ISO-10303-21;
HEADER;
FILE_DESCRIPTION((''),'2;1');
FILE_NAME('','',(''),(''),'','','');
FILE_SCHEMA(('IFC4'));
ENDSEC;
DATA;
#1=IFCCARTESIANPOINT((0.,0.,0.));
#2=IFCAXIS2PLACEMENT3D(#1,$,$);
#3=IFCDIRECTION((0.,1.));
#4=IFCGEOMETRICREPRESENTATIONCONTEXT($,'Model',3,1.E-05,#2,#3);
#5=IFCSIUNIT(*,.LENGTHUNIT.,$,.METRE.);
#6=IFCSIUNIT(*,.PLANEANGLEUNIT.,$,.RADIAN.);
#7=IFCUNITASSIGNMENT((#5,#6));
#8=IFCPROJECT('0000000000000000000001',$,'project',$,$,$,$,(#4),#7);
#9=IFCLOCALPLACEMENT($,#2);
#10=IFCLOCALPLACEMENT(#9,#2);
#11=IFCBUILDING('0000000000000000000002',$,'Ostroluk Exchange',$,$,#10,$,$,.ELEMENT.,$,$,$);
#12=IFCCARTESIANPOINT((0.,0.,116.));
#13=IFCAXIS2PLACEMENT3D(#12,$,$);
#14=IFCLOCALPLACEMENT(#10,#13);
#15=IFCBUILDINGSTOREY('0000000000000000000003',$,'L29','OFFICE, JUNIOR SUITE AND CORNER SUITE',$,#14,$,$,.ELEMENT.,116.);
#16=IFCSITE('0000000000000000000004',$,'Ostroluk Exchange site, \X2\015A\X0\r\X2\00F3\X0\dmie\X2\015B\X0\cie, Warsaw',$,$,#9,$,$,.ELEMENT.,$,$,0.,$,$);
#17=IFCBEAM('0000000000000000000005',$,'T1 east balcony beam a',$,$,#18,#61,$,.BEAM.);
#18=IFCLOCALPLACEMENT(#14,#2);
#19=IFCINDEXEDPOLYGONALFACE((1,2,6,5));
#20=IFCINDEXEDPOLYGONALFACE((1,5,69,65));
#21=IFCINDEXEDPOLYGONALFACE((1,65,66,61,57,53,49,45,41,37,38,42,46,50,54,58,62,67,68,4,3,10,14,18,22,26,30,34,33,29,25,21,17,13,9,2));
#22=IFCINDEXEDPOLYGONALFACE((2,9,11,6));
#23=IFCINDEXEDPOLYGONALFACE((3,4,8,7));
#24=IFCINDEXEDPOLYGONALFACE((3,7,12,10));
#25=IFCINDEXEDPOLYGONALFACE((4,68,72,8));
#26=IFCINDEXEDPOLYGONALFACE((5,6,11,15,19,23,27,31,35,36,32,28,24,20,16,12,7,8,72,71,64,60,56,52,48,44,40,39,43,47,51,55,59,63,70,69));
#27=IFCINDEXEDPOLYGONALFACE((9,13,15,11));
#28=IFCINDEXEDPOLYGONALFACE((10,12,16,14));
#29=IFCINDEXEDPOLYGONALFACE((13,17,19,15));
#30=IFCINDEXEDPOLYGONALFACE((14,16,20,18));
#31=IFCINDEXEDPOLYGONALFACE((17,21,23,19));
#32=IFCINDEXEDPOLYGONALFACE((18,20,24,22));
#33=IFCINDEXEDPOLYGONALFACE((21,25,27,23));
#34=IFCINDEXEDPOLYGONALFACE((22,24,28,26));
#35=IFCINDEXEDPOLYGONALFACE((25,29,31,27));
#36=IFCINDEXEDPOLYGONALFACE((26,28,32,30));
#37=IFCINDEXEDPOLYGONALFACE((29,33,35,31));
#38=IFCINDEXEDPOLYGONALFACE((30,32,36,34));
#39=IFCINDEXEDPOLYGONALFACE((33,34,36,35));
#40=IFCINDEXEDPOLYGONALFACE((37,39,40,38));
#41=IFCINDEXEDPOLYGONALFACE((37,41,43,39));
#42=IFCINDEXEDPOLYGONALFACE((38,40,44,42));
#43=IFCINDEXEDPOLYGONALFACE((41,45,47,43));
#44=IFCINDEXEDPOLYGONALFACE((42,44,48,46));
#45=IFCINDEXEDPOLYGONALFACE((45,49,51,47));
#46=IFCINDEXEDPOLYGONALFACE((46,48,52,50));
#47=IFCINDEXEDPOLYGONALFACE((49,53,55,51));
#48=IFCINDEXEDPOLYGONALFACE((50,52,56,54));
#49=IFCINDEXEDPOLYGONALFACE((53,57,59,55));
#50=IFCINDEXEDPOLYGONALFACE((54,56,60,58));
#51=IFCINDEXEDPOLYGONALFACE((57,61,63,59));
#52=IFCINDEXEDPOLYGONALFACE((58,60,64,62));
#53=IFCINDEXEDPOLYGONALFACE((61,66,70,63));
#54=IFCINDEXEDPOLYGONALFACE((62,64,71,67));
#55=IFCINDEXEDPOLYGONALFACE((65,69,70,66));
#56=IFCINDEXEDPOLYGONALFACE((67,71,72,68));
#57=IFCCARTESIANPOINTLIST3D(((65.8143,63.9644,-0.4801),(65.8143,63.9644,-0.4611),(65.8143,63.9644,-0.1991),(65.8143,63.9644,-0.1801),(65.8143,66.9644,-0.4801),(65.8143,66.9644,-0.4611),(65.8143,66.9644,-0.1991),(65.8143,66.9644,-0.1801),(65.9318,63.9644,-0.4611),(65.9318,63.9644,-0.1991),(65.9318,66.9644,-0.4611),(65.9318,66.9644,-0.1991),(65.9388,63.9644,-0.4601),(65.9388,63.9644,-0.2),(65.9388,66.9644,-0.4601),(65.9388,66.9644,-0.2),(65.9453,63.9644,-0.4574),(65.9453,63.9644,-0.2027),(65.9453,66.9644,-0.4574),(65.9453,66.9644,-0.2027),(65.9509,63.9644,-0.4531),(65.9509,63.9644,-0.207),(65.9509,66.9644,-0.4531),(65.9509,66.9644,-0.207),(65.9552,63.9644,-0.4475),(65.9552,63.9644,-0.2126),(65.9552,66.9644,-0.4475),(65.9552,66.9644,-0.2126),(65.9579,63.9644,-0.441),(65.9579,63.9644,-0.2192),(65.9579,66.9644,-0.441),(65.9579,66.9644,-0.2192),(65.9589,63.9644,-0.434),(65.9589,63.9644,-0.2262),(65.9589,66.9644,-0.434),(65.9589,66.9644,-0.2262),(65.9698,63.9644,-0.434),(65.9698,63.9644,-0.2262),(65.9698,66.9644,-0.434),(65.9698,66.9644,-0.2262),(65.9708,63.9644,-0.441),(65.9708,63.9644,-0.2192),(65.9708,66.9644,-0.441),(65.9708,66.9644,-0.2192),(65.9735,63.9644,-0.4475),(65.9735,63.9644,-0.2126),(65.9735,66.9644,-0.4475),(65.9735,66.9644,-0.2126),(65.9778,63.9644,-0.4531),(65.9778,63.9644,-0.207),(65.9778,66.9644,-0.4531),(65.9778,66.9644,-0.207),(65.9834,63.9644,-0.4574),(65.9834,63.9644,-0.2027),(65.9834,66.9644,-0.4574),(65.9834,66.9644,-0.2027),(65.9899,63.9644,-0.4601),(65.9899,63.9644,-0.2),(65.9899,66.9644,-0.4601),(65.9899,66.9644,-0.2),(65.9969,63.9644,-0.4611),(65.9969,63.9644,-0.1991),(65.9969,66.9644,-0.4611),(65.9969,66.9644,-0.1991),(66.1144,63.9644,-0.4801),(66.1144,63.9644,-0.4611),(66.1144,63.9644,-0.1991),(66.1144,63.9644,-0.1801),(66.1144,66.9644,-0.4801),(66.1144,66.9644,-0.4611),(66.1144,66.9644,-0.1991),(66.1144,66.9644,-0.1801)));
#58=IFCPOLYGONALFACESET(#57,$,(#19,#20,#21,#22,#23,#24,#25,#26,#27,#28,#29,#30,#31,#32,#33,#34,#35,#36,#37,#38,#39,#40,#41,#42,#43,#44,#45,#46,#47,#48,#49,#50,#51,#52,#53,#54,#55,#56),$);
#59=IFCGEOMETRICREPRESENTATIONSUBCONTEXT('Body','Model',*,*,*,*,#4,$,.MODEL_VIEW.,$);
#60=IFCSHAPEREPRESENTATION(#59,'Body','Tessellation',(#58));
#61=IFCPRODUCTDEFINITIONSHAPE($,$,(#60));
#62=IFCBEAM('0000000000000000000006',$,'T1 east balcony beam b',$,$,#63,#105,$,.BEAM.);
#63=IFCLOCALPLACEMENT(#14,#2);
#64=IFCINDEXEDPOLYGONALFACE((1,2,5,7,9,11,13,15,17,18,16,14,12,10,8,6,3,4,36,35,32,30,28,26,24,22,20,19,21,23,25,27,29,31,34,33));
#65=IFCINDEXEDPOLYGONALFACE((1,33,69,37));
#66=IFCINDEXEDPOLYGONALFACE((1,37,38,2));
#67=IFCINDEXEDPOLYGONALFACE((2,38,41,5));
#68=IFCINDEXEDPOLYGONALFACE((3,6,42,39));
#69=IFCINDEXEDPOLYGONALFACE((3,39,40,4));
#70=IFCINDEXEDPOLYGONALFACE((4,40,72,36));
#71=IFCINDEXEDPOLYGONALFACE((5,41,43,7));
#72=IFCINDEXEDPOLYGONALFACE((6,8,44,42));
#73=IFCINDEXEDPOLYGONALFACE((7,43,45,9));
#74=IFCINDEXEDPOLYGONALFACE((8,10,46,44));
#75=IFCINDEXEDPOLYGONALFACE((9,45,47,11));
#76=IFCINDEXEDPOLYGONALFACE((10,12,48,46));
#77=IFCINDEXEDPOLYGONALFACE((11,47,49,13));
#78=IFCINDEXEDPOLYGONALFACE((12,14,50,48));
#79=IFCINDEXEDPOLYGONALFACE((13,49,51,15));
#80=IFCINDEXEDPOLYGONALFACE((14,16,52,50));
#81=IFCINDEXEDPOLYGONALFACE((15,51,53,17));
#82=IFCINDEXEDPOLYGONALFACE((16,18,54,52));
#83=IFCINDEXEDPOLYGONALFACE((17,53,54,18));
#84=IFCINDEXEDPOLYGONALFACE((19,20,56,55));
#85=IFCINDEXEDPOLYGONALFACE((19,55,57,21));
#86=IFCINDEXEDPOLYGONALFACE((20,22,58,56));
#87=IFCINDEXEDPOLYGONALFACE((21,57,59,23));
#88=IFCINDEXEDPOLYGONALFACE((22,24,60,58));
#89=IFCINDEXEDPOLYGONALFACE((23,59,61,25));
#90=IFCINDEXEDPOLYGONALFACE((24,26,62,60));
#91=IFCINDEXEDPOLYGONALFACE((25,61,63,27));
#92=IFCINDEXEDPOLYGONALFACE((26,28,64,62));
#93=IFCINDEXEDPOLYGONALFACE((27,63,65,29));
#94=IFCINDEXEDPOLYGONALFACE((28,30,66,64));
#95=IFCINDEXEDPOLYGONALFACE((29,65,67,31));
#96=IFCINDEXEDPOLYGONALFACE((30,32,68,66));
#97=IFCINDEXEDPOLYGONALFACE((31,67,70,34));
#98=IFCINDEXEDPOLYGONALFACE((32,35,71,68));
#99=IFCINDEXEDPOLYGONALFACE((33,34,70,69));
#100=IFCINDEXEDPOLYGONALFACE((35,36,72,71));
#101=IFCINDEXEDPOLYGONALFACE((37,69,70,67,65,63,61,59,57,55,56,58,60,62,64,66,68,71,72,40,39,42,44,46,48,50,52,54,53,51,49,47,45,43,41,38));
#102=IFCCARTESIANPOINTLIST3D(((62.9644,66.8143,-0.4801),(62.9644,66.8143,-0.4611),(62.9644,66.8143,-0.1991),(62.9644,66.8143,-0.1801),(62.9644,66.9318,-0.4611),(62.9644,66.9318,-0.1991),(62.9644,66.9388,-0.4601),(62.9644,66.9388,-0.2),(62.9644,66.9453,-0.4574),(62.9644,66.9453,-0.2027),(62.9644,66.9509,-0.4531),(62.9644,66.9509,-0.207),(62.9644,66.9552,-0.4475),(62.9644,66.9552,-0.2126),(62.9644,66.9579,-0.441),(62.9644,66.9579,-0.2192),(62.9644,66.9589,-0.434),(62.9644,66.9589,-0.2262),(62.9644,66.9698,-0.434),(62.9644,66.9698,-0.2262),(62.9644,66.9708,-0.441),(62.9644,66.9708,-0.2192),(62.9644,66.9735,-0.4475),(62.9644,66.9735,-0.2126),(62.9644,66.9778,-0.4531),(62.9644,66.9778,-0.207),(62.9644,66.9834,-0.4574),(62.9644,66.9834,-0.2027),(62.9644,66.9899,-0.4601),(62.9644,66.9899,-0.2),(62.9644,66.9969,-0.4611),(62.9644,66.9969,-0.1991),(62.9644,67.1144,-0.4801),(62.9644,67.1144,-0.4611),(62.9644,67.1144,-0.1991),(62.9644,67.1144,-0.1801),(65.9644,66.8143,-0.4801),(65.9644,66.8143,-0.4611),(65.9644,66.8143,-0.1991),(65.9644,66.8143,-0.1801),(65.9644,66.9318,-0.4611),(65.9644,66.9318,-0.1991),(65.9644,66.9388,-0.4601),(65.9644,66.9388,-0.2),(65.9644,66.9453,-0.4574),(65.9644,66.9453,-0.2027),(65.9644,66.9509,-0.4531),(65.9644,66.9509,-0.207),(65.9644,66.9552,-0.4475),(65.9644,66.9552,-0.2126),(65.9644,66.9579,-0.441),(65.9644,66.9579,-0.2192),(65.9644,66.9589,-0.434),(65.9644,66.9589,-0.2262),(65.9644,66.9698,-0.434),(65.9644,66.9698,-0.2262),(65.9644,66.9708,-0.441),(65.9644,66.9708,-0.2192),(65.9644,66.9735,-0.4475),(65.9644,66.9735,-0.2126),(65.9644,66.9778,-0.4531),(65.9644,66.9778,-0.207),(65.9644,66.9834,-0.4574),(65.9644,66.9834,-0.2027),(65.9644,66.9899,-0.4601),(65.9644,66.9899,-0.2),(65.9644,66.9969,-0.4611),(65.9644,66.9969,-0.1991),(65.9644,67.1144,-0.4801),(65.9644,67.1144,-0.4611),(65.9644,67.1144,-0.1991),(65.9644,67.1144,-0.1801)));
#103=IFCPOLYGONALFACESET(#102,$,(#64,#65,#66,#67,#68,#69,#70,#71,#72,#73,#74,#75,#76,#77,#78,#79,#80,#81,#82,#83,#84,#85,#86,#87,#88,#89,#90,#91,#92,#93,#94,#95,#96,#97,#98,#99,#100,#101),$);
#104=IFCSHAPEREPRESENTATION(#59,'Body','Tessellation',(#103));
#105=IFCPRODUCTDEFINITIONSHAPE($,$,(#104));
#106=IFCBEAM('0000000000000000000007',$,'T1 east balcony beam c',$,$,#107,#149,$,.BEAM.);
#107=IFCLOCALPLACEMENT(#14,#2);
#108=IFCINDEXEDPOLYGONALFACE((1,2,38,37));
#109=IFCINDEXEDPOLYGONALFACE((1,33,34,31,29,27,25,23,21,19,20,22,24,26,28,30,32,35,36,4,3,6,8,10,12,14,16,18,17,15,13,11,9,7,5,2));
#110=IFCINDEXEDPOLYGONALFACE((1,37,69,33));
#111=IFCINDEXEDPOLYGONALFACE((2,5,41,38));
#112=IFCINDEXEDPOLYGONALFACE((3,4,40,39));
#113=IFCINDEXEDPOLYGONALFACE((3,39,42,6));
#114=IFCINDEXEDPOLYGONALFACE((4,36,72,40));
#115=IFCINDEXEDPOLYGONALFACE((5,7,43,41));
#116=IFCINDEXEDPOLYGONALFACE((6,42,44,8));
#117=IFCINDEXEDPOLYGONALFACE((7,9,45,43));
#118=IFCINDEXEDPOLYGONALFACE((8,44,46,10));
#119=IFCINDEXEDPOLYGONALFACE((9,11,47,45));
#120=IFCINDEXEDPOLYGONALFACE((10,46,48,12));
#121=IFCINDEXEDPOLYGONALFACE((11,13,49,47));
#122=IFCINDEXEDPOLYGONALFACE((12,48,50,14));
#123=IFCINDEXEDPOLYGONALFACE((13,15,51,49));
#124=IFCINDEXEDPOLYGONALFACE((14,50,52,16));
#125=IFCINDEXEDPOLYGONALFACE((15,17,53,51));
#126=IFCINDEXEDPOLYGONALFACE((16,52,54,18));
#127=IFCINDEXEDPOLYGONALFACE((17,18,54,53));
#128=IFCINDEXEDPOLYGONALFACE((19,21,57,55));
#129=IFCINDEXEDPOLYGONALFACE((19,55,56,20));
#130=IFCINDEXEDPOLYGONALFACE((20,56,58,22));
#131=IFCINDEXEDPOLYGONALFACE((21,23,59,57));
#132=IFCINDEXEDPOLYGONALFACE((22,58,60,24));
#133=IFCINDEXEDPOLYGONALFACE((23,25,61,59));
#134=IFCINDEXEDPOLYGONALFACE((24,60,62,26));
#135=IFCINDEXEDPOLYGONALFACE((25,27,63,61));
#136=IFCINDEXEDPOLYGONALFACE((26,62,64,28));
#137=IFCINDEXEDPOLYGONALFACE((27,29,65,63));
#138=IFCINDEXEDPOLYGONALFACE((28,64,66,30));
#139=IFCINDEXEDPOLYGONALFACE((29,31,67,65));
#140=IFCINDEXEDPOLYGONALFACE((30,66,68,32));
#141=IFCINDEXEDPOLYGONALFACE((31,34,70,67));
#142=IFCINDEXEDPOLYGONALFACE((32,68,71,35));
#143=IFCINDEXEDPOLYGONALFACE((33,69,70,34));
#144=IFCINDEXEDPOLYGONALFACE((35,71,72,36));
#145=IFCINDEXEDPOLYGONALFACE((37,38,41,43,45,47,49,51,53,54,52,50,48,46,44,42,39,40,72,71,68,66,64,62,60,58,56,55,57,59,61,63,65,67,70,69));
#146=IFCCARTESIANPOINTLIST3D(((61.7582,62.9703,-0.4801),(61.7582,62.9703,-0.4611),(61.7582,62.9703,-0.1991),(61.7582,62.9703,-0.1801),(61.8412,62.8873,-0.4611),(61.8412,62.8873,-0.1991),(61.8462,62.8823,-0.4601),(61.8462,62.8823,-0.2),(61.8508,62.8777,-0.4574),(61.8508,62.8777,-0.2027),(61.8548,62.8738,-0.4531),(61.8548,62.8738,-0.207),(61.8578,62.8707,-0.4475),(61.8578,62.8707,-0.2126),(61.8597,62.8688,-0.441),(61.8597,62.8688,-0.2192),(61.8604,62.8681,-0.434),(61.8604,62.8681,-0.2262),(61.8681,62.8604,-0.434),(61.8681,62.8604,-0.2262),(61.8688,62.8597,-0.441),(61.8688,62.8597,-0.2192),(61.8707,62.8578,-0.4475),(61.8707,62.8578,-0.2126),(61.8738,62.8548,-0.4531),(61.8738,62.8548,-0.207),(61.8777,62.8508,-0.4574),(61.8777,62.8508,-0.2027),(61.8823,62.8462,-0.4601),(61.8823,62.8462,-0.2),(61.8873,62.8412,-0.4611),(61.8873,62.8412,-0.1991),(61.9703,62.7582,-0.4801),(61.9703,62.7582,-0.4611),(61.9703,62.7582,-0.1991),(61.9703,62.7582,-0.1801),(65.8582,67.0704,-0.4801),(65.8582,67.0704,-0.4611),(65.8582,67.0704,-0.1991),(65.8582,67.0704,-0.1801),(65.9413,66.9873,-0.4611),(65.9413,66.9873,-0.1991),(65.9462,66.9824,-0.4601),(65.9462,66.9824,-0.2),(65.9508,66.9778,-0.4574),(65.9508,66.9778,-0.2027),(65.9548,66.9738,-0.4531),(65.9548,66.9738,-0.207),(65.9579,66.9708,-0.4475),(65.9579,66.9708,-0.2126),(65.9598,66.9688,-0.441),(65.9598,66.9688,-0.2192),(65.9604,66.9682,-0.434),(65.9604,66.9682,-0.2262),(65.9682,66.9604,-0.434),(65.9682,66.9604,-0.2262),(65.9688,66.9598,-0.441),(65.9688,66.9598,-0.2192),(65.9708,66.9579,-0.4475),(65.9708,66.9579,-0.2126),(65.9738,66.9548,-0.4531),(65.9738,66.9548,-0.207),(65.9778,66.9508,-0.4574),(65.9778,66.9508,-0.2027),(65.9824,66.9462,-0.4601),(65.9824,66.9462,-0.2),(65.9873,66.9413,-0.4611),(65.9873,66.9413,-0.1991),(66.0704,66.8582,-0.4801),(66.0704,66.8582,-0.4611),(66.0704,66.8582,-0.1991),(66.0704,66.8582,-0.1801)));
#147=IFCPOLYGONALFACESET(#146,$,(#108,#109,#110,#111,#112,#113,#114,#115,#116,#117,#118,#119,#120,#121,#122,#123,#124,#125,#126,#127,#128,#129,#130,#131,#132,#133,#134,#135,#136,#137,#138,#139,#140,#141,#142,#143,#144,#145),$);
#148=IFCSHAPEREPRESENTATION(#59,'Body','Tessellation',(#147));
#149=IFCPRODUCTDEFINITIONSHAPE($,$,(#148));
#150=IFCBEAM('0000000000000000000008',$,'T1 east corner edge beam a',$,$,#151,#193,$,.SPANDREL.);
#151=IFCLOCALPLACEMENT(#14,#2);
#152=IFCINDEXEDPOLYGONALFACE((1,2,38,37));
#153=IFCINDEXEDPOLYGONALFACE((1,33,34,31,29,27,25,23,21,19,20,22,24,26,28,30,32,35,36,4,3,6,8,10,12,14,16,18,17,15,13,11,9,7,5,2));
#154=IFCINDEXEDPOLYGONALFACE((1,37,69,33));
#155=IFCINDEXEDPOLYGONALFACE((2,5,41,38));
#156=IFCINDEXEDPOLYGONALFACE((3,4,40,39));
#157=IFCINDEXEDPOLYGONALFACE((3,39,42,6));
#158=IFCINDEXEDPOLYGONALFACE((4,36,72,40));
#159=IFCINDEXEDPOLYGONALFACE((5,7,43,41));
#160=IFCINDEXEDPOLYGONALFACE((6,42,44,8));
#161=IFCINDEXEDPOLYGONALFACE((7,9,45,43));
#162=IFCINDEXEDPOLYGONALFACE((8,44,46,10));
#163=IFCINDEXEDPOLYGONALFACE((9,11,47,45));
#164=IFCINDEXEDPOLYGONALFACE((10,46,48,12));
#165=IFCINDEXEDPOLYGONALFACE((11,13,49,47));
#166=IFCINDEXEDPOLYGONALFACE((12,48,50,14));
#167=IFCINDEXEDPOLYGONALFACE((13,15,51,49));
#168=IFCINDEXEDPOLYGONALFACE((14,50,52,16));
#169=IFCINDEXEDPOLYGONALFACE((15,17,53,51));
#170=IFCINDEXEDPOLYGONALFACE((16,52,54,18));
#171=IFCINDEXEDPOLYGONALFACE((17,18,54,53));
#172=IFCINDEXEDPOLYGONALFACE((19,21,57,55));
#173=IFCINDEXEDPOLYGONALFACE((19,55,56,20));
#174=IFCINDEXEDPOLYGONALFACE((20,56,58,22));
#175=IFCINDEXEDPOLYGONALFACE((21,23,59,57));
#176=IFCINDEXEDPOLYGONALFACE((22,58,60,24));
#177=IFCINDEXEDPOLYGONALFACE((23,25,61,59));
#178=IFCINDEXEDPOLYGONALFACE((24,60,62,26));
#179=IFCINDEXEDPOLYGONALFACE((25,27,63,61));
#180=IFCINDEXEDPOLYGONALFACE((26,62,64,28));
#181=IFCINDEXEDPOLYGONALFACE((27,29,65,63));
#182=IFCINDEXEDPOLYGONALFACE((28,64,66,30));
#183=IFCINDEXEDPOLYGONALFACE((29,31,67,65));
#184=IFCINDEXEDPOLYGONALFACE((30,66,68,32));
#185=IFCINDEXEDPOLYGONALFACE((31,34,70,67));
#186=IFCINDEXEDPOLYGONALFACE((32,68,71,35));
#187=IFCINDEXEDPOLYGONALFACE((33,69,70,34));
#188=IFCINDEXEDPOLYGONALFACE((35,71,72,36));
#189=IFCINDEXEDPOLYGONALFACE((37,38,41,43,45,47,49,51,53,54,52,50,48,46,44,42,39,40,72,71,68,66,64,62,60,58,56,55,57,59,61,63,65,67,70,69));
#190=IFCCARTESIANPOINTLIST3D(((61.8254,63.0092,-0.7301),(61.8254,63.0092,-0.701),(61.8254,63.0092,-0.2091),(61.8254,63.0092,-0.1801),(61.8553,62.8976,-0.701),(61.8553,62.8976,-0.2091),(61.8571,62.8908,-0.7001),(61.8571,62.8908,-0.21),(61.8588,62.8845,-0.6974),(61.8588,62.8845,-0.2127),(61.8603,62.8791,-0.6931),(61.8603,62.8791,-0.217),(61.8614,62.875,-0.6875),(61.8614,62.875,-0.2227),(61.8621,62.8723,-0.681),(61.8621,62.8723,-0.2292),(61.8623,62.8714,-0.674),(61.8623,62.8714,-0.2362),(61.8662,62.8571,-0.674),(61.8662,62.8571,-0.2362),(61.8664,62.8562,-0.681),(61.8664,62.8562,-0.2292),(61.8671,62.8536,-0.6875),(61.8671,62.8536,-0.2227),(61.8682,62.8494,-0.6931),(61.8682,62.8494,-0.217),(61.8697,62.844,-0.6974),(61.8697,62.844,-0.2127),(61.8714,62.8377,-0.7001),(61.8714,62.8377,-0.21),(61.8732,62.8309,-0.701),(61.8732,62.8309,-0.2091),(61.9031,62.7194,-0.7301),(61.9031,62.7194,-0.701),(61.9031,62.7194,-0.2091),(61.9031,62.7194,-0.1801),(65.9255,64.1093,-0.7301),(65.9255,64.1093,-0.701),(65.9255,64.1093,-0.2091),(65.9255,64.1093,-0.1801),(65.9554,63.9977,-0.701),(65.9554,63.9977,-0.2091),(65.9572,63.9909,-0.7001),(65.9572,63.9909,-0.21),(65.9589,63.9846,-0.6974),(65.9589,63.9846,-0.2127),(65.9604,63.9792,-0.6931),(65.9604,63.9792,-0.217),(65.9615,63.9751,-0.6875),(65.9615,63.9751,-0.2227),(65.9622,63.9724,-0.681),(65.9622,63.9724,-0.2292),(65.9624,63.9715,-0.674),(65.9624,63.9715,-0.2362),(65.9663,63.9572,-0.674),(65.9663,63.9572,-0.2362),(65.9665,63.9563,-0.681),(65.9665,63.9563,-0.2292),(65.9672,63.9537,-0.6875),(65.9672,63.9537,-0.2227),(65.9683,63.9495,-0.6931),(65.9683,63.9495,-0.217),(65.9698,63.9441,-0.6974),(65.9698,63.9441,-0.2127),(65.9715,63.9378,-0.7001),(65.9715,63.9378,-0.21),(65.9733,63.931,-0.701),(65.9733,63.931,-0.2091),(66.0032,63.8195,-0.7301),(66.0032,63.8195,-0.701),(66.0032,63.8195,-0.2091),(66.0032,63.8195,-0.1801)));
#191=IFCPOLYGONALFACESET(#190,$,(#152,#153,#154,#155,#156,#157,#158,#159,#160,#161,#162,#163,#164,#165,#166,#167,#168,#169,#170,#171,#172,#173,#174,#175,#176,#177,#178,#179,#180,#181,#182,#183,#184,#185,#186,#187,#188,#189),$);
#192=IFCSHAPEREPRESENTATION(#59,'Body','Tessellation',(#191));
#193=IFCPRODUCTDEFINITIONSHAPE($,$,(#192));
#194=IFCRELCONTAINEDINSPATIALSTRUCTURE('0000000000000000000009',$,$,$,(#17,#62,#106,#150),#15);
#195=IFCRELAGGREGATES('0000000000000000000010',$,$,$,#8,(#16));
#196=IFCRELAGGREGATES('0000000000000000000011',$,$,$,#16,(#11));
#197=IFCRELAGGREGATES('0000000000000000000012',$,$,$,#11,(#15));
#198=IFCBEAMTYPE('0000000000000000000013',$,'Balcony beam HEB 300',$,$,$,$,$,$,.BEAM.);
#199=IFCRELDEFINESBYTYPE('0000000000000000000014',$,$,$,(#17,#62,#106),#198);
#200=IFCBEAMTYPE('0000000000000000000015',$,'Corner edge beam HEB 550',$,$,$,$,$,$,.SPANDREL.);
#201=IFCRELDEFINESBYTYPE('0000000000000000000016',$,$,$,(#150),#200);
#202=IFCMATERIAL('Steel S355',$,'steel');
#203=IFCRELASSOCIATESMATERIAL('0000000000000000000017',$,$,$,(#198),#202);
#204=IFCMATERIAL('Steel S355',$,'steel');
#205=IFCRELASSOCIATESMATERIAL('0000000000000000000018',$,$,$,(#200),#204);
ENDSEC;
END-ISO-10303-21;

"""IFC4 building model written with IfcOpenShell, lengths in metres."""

from ifc_helpers import new_model, si_unit, direction, frame, origin, origin_2d, place, context, subcontext, project, spatial, i_section, extrude, material, material_profile, profile_set, type_object, element, save


model = new_model("IFC4")

# Units and contexts
model_context = context("Model", 3, precision=1e-05, world=origin(), true_north=direction((0.0, 1.0)))
body_context = subcontext(model_context, "Body", "Model", "MODEL_VIEW")
ifc_project = project(units=[si_unit("LENGTHUNIT", "METRE"), si_unit("PLANEANGLEUNIT", "RADIAN")], contexts=[model_context])

# Site, building, storey
site_placement = place(None, origin())
site = spatial("IfcSite", under=ifc_project, at=site_placement, Name="Ostroluk Exchange site, Śródmieście, Warsaw", CompositionType="ELEMENT", RefElevation=0.0)
building_placement = place(site_placement, origin())
building = spatial("IfcBuilding", under=site, at=building_placement, Name="Ostroluk Exchange", CompositionType="ELEMENT")
storey_placement = place(building_placement, frame((0.0, 0.0, 116.0)))
storey = spatial("IfcBuildingStorey", under=building, at=storey_placement, Name="L29", Description="OFFICE, JUNIOR SUITE AND CORNER SUITE", CompositionType="ELEMENT", Elevation=116.0)

# Beams
ifc_material_1 = material(Name="Steel S355", Category="steel")
ifc_material_profile_1 = material_profile(ifc_material_1, i_section(OverallWidth=0.3, OverallDepth=0.3, WebThickness=0.011, FlangeThickness=0.019, FilletRadius=0.0271, at=origin_2d()), Name="HEB 300")
ifc_profile_set_1 = profile_set([ifc_material_profile_1], Name="Steel S355")
beam_type_1 = type_object("IfcBeamType", Name="Balcony beam HEB 300", PredefinedType="BEAM", material=ifc_profile_set_1)
for number, where, z_axis, x_axis, name in (
    (1, (65.9644, 63.9644, -0.3301), (0.0, 1.0, 0.0), (-1.0, 0.0, 0.0), "T1 east balcony beam a"),
    (2, (62.9644, 66.9644, -0.3301), (1.0, 0.0, 0.0), (0.0, 1.0, 0.0), "T1 east balcony beam b"),
):
    element("IfcBeam", number, at=place(storey_placement, frame(where, z_axis=z_axis, x_axis=x_axis)), inside=storey, type_object=beam_type_1, Name=name, PredefinedType="BEAM", context=body_context, shape_type="SweptSolid", body=[
        extrude(i_section(OverallWidth=0.3, OverallDepth=0.3, WebThickness=0.011, FlangeThickness=0.019, FilletRadius=0.0271, at=origin_2d()), origin(), (0.0, 0.0, 1.0), 3.0),
    ])
beam_1_placement = place(storey_placement, frame((61.8643, 62.8643, -0.3301), z_axis=(0.707107, 0.707107, 0.0), x_axis=(-0.707107, 0.707107, 0.0)))
element("IfcBeam", 3, at=beam_1_placement, inside=storey, type_object=beam_type_1, Name="T1 east balcony beam c", PredefinedType="BEAM", context=body_context, shape_type="SweptSolid", body=[
    extrude(i_section(OverallWidth=0.3, OverallDepth=0.3, WebThickness=0.011, FlangeThickness=0.019, FilletRadius=0.0271, at=origin_2d()), origin(), (0.0, 0.0, 1.0), 5.7983),
])
ifc_material_2 = material(Name="Steel S355", Category="steel")
ifc_material_profile_2 = material_profile(ifc_material_2, i_section(OverallWidth=0.3, OverallDepth=0.55, WebThickness=0.0149, FlangeThickness=0.0291, FilletRadius=0.0271, at=origin_2d()), Name="HEB 550")
ifc_profile_set_2 = profile_set([ifc_material_profile_2], Name="Steel S355")
beam_type_2 = type_object("IfcBeamType", Name="Corner edge beam HEB 550", PredefinedType="SPANDREL", material=ifc_profile_set_2)
for number, where, z_axis, x_axis, name in (
    (4, (61.8643, 62.8643, -0.4551), (0.965839, 0.259144, 0.0), (-0.259144, 0.965839, 0.0), "T1 east corner edge beam a"),
):
    element("IfcBeam", number, at=place(storey_placement, frame(where, z_axis=z_axis, x_axis=x_axis)), inside=storey, type_object=beam_type_2, Name=name, PredefinedType="SPANDREL", context=body_context, shape_type="SweptSolid", body=[
        extrude(i_section(OverallWidth=0.3, OverallDepth=0.55, WebThickness=0.0149, FlangeThickness=0.0291, FilletRadius=0.0271, at=origin_2d()), origin(), (0.0, 0.0, 1.0), 4.2451),
    ])

save(model, "model.ifc")
